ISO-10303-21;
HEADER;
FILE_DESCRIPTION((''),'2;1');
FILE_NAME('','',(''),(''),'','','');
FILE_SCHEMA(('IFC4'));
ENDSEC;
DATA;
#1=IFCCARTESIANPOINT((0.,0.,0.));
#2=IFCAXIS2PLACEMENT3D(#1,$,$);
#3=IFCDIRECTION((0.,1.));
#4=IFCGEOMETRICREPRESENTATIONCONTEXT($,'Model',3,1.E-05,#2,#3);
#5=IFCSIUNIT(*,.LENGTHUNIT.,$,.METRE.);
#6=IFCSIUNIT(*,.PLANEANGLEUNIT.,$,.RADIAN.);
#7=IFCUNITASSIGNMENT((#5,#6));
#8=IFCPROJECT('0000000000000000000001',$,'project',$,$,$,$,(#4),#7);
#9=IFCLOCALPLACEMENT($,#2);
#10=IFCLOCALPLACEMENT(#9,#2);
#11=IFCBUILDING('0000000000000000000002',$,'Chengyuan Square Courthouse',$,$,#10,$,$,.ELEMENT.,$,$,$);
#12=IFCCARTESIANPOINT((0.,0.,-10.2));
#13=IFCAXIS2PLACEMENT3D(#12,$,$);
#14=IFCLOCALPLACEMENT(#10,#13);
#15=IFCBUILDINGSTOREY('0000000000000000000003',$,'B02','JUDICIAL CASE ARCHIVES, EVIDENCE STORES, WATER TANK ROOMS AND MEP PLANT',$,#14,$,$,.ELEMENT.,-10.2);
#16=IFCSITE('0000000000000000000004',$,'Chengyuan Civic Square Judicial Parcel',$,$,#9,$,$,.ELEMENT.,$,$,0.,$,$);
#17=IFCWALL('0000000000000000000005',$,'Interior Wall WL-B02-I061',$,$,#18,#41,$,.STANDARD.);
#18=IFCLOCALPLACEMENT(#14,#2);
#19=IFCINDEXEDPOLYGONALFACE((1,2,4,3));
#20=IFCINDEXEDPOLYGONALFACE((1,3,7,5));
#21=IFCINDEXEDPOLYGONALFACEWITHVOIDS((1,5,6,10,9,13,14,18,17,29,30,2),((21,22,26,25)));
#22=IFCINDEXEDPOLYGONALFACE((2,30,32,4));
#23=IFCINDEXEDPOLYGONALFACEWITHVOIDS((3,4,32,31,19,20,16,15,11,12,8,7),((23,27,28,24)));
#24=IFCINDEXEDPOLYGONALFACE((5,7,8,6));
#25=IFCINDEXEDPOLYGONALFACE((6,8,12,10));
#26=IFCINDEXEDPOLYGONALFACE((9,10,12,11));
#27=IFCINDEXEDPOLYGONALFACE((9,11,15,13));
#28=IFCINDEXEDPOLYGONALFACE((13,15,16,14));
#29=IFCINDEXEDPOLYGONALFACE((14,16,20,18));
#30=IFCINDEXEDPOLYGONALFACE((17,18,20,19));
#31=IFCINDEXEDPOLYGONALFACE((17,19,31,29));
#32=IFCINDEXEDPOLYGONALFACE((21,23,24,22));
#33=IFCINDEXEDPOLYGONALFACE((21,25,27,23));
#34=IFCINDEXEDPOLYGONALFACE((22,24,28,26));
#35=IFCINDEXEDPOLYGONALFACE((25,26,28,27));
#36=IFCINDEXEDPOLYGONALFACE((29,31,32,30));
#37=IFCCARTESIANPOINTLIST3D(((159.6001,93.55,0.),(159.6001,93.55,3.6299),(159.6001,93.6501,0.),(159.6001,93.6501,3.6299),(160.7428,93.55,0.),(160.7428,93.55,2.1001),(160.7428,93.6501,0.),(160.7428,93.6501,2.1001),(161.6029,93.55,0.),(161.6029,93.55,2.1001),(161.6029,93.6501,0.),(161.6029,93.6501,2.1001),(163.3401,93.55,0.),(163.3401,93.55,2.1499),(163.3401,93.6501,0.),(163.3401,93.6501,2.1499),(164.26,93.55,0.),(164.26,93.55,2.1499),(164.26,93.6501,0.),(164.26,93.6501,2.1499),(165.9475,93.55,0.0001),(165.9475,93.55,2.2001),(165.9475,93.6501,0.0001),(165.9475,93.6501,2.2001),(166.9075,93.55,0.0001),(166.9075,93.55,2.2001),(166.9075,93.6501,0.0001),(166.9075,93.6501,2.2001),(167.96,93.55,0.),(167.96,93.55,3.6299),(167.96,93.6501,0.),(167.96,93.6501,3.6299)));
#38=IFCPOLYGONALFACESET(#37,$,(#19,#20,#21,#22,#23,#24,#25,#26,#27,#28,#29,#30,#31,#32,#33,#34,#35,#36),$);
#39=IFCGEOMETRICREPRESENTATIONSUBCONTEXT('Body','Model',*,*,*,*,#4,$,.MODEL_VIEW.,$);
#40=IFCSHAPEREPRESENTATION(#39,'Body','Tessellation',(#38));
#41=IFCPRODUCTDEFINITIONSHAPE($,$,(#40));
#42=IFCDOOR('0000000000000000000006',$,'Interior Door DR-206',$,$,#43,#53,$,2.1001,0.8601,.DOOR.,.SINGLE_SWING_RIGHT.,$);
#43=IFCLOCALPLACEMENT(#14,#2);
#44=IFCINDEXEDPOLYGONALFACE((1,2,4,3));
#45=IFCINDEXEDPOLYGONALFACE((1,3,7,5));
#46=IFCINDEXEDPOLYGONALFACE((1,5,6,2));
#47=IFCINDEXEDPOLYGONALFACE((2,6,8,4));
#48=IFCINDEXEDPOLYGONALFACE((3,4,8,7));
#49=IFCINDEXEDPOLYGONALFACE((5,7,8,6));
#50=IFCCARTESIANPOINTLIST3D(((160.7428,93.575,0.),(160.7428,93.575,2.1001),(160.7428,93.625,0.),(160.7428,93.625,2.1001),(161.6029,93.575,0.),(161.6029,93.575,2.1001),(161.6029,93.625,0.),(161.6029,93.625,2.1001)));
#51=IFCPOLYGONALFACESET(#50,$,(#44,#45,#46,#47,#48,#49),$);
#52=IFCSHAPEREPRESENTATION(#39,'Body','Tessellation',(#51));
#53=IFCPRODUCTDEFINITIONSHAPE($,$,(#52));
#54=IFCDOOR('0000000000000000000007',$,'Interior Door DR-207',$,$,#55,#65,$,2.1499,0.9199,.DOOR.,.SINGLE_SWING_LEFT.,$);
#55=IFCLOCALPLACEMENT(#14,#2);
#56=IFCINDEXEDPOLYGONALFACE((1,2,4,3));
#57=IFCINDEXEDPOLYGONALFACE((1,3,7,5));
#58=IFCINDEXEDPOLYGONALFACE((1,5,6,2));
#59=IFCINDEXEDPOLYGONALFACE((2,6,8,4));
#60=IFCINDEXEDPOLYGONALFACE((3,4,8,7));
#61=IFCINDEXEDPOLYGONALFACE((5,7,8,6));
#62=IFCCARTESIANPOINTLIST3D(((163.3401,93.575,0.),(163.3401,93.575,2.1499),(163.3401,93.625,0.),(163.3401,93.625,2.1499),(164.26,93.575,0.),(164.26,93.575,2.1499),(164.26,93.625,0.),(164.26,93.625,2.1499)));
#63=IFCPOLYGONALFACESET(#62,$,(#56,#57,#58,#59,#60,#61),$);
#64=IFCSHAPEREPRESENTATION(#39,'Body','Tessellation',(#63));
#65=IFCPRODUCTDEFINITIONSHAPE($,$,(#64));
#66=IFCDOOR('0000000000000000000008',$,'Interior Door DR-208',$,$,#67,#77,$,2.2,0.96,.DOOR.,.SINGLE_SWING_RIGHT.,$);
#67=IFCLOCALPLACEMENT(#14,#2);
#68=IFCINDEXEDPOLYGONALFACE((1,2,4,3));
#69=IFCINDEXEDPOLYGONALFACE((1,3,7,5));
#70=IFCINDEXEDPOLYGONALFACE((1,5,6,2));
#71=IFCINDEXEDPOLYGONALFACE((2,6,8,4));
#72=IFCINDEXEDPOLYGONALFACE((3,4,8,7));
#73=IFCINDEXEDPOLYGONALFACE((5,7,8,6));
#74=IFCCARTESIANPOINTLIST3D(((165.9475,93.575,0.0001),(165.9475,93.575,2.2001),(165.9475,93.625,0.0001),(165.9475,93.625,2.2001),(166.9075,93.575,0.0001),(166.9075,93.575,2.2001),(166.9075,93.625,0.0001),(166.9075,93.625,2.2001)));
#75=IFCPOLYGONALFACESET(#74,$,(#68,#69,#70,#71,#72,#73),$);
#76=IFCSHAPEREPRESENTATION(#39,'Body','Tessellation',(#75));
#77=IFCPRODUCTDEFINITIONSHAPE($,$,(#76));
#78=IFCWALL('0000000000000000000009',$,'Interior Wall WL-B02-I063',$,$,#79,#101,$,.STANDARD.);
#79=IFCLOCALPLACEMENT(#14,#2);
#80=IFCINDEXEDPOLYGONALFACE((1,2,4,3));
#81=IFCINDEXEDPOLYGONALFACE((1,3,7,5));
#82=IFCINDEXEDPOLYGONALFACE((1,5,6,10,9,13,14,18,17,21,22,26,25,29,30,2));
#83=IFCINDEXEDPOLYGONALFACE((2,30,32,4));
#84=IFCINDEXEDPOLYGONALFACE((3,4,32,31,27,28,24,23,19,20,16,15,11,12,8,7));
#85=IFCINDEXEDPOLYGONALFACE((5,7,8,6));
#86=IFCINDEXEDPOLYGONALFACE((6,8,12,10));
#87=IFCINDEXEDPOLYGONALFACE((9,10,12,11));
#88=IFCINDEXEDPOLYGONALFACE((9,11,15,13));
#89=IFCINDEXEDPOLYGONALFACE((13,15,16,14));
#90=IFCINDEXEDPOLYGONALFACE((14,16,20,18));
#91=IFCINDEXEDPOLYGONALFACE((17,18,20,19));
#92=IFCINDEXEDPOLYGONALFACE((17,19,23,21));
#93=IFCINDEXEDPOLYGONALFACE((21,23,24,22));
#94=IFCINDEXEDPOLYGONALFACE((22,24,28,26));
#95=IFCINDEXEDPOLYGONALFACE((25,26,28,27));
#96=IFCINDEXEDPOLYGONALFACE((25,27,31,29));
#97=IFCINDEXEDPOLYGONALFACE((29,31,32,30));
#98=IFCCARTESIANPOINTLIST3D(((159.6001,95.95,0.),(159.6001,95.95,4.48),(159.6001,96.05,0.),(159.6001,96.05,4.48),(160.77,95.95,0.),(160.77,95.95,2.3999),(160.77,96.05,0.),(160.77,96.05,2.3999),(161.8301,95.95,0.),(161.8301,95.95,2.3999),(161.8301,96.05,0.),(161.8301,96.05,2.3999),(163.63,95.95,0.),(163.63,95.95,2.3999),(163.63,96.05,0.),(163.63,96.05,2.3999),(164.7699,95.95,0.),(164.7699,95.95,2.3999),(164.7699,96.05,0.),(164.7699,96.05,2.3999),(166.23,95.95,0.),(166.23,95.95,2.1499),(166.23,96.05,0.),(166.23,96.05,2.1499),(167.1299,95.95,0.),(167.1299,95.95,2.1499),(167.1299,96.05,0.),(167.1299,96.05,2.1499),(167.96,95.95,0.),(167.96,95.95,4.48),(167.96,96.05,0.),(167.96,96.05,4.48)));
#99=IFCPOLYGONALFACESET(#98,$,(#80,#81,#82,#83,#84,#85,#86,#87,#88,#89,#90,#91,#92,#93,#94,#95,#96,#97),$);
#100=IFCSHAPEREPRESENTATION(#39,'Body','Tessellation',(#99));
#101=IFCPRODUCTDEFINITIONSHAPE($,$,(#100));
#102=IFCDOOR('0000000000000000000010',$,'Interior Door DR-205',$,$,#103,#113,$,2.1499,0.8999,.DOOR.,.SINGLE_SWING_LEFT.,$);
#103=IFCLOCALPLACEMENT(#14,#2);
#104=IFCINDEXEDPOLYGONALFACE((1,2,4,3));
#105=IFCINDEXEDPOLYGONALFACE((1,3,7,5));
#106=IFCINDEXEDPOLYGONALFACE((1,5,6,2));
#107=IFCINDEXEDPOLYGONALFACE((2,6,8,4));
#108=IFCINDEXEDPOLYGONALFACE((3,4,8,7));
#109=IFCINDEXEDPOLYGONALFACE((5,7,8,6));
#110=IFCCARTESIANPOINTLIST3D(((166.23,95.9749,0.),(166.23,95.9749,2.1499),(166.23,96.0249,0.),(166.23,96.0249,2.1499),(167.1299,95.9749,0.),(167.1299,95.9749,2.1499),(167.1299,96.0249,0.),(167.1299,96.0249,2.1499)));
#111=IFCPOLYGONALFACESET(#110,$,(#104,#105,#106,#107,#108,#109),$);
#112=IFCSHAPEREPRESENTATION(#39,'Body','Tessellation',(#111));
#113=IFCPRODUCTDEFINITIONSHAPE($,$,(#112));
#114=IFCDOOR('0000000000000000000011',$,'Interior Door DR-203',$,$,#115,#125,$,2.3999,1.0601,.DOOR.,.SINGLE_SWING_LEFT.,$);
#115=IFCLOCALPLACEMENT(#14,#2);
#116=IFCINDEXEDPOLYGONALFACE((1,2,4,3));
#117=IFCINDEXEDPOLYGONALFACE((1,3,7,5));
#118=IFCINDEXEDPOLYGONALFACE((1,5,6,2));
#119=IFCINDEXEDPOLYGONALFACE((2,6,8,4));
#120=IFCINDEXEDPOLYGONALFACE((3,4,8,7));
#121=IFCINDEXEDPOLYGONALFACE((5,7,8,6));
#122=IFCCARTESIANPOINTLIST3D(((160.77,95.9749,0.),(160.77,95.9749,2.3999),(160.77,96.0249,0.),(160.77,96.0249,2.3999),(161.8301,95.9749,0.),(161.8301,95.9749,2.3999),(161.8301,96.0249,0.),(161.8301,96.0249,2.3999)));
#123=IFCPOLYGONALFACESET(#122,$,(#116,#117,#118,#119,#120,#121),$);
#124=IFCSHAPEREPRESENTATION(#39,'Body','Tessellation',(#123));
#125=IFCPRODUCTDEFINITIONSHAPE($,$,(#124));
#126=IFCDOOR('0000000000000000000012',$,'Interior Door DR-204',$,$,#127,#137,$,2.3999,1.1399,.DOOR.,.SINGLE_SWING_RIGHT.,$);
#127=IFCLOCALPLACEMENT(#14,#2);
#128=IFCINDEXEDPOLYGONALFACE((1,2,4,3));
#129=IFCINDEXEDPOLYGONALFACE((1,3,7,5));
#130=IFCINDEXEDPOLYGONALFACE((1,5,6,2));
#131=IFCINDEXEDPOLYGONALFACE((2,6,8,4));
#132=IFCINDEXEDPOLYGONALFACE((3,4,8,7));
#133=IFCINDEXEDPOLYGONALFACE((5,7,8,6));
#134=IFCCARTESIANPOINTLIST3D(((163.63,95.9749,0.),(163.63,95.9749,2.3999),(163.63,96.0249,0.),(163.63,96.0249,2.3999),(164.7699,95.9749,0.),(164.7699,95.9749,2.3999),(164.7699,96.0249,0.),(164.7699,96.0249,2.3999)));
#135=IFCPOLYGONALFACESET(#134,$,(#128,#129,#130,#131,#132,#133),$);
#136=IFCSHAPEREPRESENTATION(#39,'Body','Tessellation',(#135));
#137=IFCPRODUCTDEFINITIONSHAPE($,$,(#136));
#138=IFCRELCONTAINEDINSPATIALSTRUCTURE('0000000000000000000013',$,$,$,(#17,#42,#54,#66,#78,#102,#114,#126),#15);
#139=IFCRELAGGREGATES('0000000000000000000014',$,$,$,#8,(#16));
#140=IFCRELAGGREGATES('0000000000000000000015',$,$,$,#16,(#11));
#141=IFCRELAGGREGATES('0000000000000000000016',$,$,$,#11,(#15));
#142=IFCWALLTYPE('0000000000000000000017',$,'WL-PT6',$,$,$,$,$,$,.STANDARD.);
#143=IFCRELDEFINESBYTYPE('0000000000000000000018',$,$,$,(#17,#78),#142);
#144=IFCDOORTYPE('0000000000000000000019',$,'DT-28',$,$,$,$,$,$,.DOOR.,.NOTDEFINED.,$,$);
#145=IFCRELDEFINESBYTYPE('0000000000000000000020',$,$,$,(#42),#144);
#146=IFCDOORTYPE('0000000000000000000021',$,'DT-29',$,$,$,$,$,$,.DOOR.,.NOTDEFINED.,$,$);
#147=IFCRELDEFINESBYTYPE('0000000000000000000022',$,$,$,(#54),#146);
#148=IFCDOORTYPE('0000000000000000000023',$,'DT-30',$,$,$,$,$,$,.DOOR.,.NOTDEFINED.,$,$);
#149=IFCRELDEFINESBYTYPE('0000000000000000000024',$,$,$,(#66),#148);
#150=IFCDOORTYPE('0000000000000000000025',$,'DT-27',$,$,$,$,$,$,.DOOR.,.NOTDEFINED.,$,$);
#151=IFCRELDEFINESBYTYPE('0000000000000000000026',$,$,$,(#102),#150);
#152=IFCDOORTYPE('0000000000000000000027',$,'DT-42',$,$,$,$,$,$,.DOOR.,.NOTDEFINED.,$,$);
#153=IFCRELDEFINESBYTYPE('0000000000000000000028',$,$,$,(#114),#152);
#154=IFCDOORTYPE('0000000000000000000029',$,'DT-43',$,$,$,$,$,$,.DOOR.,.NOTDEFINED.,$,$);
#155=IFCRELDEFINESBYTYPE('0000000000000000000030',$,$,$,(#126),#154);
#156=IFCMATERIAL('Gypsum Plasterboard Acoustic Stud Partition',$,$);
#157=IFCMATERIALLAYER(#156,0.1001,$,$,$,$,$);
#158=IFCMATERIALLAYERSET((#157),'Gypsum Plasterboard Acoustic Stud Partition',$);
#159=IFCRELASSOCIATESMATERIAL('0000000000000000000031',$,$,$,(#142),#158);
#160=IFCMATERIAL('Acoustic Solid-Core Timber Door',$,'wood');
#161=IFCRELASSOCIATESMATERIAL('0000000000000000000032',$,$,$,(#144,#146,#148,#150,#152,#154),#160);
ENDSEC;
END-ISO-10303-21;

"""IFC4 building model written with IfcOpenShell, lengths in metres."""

from ifc_helpers import new_model, si_unit, direction, frame, frame_2d, origin, place, context, subcontext, project, spatial, rectangle, extrude, material, layer, layer_set, type_object, element, fill, save


model = new_model("IFC4")

# Units and contexts
model_context = context("Model", 3, precision=1e-05, world=origin(), true_north=direction((0.0, 1.0)))
body_context = subcontext(model_context, "Body", "Model", "MODEL_VIEW")
ifc_project = project(units=[si_unit("LENGTHUNIT", "METRE"), si_unit("PLANEANGLEUNIT", "RADIAN")], contexts=[model_context])

# Site, building, storey
site_placement = place(None, origin())
site = spatial("IfcSite", under=ifc_project, at=site_placement, Name="Chengyuan Civic Square Judicial Parcel", CompositionType="ELEMENT", RefElevation=0.0)
building_placement = place(site_placement, origin())
building = spatial("IfcBuilding", under=site, at=building_placement, Name="Chengyuan Square Courthouse", CompositionType="ELEMENT")
storey_placement = place(building_placement, frame((0.0, 0.0, -10.2)))
storey = spatial("IfcBuildingStorey", under=building, at=storey_placement, Name="B02", Description="JUDICIAL CASE ARCHIVES, EVIDENCE STORES, WATER TANK ROOMS AND MEP PLANT", CompositionType="ELEMENT", Elevation=-10.2)

# Walls, openings, doors
ifc_material_1 = material(Name="Gypsum Plasterboard Acoustic Stud Partition")
ifc_layer = layer(ifc_material_1, 0.1001)
ifc_layer_set = layer_set([ifc_layer], Name="Gypsum Plasterboard Acoustic Stud Partition")
wall_type = type_object("IfcWallType", Name="WL-PT6", PredefinedType="STANDARD", material=ifc_layer_set)
wall_1_placement = place(storey_placement, frame((159.6001, 93.6001, 0.0), z_axis=(0.0, 0.0, 1.0), x_axis=(1.0, 0.0, 0.0)))
wall_1 = element("IfcWall", 1, at=wall_1_placement, inside=storey, type_object=wall_type, Name="Interior Wall WL-B02-I061", PredefinedType="STANDARD", context=body_context, shape_type="SweptSolid", body=[
    extrude(rectangle(XDim=8.3599, YDim=0.1001, at=frame_2d((4.1799, 0.0))), origin(), (0.0, 0.0, 1.0), 3.6299),
])
opening_1_placement = place(wall_1_placement, frame((1.1426, 0.0, 0.0)))
opening_1 = element("IfcOpeningElement", 2, at=opening_1_placement, cuts=wall_1, PredefinedType="OPENING", context=body_context, shape_type="SweptSolid", body=[
    extrude(rectangle(XDim=0.8601, YDim=2.1001, at=frame_2d((0.4302, 1.05))), frame((0.0, 0.062, 0.0), z_axis=(0.0, -1.0, 0.0), x_axis=(1.0, 0.0, 0.0)), (0.0, 0.0, 1.0), 0.124),
])
opening_2_placement = place(wall_1_placement, frame((3.74, 0.0, 0.0)))
opening_2 = element("IfcOpeningElement", 3, at=opening_2_placement, cuts=wall_1, PredefinedType="OPENING", context=body_context, shape_type="SweptSolid", body=[
    extrude(rectangle(XDim=0.9199, YDim=2.1499, at=frame_2d((0.46, 1.075))), frame((0.0, 0.062, 0.0), z_axis=(0.0, -1.0, 0.0), x_axis=(1.0, 0.0, 0.0)), (0.0, 0.0, 1.0), 0.124),
])
opening_3_placement = place(wall_1_placement, frame((6.3474, 0.0, 0.0)))
opening_3 = element("IfcOpeningElement", 4, at=opening_3_placement, cuts=wall_1, PredefinedType="OPENING", context=body_context, shape_type="SweptSolid", body=[
    extrude(rectangle(XDim=0.96, YDim=2.2, at=frame_2d((0.48, 1.1001))), frame((0.0, 0.062, 0.0), z_axis=(0.0, -1.0, 0.0), x_axis=(1.0, 0.0, 0.0)), (0.0, 0.0, 1.0), 0.124),
])
ifc_material_2 = material(Name="Acoustic Solid-Core Timber Door", Category="wood")
door_type_1 = type_object("IfcDoorType", Name="DT-28", OperationType="NOTDEFINED", PredefinedType="DOOR", material=ifc_material_2)
door_1_placement = place(opening_1_placement, origin())
door_1 = element("IfcDoor", 5, at=door_1_placement, inside=storey, type_object=door_type_1, Name="Interior Door DR-206", OperationType="SINGLE_SWING_RIGHT", OverallHeight=2.1001, OverallWidth=0.8601, PredefinedType="DOOR", context=body_context, shape_type="SweptSolid", body=[
    extrude(rectangle(XDim=0.8601, YDim=2.1001, at=frame_2d((0.4302, 1.05))), frame((0.0, 0.0249, 0.0), z_axis=(0.0, -1.0, 0.0), x_axis=(1.0, 0.0, 0.0)), (0.0, 0.0, 1.0), 0.05),
])
fill(opening_1, door_1)
door_type_2 = type_object("IfcDoorType", Name="DT-29", OperationType="NOTDEFINED", PredefinedType="DOOR", material=ifc_material_2)
door_2_placement = place(opening_2_placement, origin())
door_2 = element("IfcDoor", 6, at=door_2_placement, inside=storey, type_object=door_type_2, Name="Interior Door DR-207", OperationType="SINGLE_SWING_LEFT", OverallHeight=2.1499, OverallWidth=0.9199, PredefinedType="DOOR", context=body_context, shape_type="SweptSolid", body=[
    extrude(rectangle(XDim=0.9199, YDim=2.1499, at=frame_2d((0.46, 1.075))), frame((0.0, 0.0249, 0.0), z_axis=(0.0, -1.0, 0.0), x_axis=(1.0, 0.0, 0.0)), (0.0, 0.0, 1.0), 0.05),
])
fill(opening_2, door_2)
door_type_3 = type_object("IfcDoorType", Name="DT-30", OperationType="NOTDEFINED", PredefinedType="DOOR", material=ifc_material_2)
door_3_placement = place(opening_3_placement, origin())
door_3 = element("IfcDoor", 7, at=door_3_placement, inside=storey, type_object=door_type_3, Name="Interior Door DR-208", OperationType="SINGLE_SWING_RIGHT", OverallHeight=2.2, OverallWidth=0.96, PredefinedType="DOOR", context=body_context, shape_type="SweptSolid", body=[
    extrude(rectangle(XDim=0.96, YDim=2.2, at=frame_2d((0.48, 1.1001))), frame((0.0, 0.0249, 0.0), z_axis=(0.0, -1.0, 0.0), x_axis=(1.0, 0.0, 0.0)), (0.0, 0.0, 1.0), 0.05),
])
fill(opening_3, door_3)
wall_2_placement = place(storey_placement, frame((159.6001, 96.0, 0.0), z_axis=(0.0, 0.0, 1.0), x_axis=(1.0, 0.0, 0.0)))
wall_2 = element("IfcWall", 8, at=wall_2_placement, inside=storey, type_object=wall_type, Name="Interior Wall WL-B02-I063", PredefinedType="STANDARD", context=body_context, shape_type="SweptSolid", body=[
    extrude(rectangle(XDim=8.3599, YDim=0.1001, at=frame_2d((4.1799, 0.0))), origin(), (0.0, 0.0, 1.0), 4.48),
])
opening_4_placement = place(wall_2_placement, frame((1.1699, 0.0, 0.0)))
opening_4 = element("IfcOpeningElement", 9, at=opening_4_placement, cuts=wall_2, PredefinedType="OPENING", context=body_context, shape_type="SweptSolid", body=[
    extrude(rectangle(XDim=1.0601, YDim=2.3999, at=frame_2d((0.53, 1.2))), frame((0.0, 0.062, 0.0), z_axis=(0.0, -1.0, 0.0), x_axis=(1.0, 0.0, 0.0)), (0.0, 0.0, 1.0), 0.124),
])
opening_5_placement = place(wall_2_placement, frame((4.03, 0.0, 0.0)))
opening_5 = element("IfcOpeningElement", 10, at=opening_5_placement, cuts=wall_2, PredefinedType="OPENING", context=body_context, shape_type="SweptSolid", body=[
    extrude(rectangle(XDim=1.1399, YDim=2.3999, at=frame_2d((0.5698, 1.2))), frame((0.0, 0.062, 0.0), z_axis=(0.0, -1.0, 0.0), x_axis=(1.0, 0.0, 0.0)), (0.0, 0.0, 1.0), 0.124),
])
opening_6_placement = place(wall_2_placement, frame((6.6299, 0.0, 0.0)))
opening_6 = element("IfcOpeningElement", 11, at=opening_6_placement, cuts=wall_2, PredefinedType="OPENING", context=body_context, shape_type="SweptSolid", body=[
    extrude(rectangle(XDim=0.8999, YDim=2.1499, at=frame_2d((0.45, 1.075))), frame((0.0, 0.062, 0.0), z_axis=(0.0, -1.0, 0.0), x_axis=(1.0, 0.0, 0.0)), (0.0, 0.0, 1.0), 0.124),
])
door_type_4 = type_object("IfcDoorType", Name="DT-27", OperationType="NOTDEFINED", PredefinedType="DOOR", material=ifc_material_2)
door_4_placement = place(opening_6_placement, origin())
door_4 = element("IfcDoor", 12, at=door_4_placement, inside=storey, type_object=door_type_4, Name="Interior Door DR-205", OperationType="SINGLE_SWING_LEFT", OverallHeight=2.1499, OverallWidth=0.8999, PredefinedType="DOOR", context=body_context, shape_type="SweptSolid", body=[
    extrude(rectangle(XDim=0.8999, YDim=2.1499, at=frame_2d((0.45, 1.075))), frame((0.0, 0.0249, 0.0), z_axis=(0.0, -1.0, 0.0), x_axis=(1.0, 0.0, 0.0)), (0.0, 0.0, 1.0), 0.05),
])
fill(opening_6, door_4)
door_type_5 = type_object("IfcDoorType", Name="DT-42", OperationType="NOTDEFINED", PredefinedType="DOOR", material=ifc_material_2)
door_5_placement = place(opening_4_placement, origin())
door_5 = element("IfcDoor", 13, at=door_5_placement, inside=storey, type_object=door_type_5, Name="Interior Door DR-203", OperationType="SINGLE_SWING_LEFT", OverallHeight=2.3999, OverallWidth=1.0601, PredefinedType="DOOR", context=body_context, shape_type="SweptSolid", body=[
    extrude(rectangle(XDim=1.0601, YDim=2.3999, at=frame_2d((0.53, 1.2))), frame((0.0, 0.0249, 0.0), z_axis=(0.0, -1.0, 0.0), x_axis=(1.0, 0.0, 0.0)), (0.0, 0.0, 1.0), 0.05),
])
fill(opening_4, door_5)
door_type_6 = type_object("IfcDoorType", Name="DT-43", OperationType="NOTDEFINED", PredefinedType="DOOR", material=ifc_material_2)
door_6_placement = place(opening_5_placement, origin())
door_6 = element("IfcDoor", 14, at=door_6_placement, inside=storey, type_object=door_type_6, Name="Interior Door DR-204", OperationType="SINGLE_SWING_RIGHT", OverallHeight=2.3999, OverallWidth=1.1399, PredefinedType="DOOR", context=body_context, shape_type="SweptSolid", body=[
    extrude(rectangle(XDim=1.1399, YDim=2.3999, at=frame_2d((0.5698, 1.2))), frame((0.0, 0.0249, 0.0), z_axis=(0.0, -1.0, 0.0), x_axis=(1.0, 0.0, 0.0)), (0.0, 0.0, 1.0), 0.05),
])
fill(opening_5, door_6)

save(model, "model.ifc")
